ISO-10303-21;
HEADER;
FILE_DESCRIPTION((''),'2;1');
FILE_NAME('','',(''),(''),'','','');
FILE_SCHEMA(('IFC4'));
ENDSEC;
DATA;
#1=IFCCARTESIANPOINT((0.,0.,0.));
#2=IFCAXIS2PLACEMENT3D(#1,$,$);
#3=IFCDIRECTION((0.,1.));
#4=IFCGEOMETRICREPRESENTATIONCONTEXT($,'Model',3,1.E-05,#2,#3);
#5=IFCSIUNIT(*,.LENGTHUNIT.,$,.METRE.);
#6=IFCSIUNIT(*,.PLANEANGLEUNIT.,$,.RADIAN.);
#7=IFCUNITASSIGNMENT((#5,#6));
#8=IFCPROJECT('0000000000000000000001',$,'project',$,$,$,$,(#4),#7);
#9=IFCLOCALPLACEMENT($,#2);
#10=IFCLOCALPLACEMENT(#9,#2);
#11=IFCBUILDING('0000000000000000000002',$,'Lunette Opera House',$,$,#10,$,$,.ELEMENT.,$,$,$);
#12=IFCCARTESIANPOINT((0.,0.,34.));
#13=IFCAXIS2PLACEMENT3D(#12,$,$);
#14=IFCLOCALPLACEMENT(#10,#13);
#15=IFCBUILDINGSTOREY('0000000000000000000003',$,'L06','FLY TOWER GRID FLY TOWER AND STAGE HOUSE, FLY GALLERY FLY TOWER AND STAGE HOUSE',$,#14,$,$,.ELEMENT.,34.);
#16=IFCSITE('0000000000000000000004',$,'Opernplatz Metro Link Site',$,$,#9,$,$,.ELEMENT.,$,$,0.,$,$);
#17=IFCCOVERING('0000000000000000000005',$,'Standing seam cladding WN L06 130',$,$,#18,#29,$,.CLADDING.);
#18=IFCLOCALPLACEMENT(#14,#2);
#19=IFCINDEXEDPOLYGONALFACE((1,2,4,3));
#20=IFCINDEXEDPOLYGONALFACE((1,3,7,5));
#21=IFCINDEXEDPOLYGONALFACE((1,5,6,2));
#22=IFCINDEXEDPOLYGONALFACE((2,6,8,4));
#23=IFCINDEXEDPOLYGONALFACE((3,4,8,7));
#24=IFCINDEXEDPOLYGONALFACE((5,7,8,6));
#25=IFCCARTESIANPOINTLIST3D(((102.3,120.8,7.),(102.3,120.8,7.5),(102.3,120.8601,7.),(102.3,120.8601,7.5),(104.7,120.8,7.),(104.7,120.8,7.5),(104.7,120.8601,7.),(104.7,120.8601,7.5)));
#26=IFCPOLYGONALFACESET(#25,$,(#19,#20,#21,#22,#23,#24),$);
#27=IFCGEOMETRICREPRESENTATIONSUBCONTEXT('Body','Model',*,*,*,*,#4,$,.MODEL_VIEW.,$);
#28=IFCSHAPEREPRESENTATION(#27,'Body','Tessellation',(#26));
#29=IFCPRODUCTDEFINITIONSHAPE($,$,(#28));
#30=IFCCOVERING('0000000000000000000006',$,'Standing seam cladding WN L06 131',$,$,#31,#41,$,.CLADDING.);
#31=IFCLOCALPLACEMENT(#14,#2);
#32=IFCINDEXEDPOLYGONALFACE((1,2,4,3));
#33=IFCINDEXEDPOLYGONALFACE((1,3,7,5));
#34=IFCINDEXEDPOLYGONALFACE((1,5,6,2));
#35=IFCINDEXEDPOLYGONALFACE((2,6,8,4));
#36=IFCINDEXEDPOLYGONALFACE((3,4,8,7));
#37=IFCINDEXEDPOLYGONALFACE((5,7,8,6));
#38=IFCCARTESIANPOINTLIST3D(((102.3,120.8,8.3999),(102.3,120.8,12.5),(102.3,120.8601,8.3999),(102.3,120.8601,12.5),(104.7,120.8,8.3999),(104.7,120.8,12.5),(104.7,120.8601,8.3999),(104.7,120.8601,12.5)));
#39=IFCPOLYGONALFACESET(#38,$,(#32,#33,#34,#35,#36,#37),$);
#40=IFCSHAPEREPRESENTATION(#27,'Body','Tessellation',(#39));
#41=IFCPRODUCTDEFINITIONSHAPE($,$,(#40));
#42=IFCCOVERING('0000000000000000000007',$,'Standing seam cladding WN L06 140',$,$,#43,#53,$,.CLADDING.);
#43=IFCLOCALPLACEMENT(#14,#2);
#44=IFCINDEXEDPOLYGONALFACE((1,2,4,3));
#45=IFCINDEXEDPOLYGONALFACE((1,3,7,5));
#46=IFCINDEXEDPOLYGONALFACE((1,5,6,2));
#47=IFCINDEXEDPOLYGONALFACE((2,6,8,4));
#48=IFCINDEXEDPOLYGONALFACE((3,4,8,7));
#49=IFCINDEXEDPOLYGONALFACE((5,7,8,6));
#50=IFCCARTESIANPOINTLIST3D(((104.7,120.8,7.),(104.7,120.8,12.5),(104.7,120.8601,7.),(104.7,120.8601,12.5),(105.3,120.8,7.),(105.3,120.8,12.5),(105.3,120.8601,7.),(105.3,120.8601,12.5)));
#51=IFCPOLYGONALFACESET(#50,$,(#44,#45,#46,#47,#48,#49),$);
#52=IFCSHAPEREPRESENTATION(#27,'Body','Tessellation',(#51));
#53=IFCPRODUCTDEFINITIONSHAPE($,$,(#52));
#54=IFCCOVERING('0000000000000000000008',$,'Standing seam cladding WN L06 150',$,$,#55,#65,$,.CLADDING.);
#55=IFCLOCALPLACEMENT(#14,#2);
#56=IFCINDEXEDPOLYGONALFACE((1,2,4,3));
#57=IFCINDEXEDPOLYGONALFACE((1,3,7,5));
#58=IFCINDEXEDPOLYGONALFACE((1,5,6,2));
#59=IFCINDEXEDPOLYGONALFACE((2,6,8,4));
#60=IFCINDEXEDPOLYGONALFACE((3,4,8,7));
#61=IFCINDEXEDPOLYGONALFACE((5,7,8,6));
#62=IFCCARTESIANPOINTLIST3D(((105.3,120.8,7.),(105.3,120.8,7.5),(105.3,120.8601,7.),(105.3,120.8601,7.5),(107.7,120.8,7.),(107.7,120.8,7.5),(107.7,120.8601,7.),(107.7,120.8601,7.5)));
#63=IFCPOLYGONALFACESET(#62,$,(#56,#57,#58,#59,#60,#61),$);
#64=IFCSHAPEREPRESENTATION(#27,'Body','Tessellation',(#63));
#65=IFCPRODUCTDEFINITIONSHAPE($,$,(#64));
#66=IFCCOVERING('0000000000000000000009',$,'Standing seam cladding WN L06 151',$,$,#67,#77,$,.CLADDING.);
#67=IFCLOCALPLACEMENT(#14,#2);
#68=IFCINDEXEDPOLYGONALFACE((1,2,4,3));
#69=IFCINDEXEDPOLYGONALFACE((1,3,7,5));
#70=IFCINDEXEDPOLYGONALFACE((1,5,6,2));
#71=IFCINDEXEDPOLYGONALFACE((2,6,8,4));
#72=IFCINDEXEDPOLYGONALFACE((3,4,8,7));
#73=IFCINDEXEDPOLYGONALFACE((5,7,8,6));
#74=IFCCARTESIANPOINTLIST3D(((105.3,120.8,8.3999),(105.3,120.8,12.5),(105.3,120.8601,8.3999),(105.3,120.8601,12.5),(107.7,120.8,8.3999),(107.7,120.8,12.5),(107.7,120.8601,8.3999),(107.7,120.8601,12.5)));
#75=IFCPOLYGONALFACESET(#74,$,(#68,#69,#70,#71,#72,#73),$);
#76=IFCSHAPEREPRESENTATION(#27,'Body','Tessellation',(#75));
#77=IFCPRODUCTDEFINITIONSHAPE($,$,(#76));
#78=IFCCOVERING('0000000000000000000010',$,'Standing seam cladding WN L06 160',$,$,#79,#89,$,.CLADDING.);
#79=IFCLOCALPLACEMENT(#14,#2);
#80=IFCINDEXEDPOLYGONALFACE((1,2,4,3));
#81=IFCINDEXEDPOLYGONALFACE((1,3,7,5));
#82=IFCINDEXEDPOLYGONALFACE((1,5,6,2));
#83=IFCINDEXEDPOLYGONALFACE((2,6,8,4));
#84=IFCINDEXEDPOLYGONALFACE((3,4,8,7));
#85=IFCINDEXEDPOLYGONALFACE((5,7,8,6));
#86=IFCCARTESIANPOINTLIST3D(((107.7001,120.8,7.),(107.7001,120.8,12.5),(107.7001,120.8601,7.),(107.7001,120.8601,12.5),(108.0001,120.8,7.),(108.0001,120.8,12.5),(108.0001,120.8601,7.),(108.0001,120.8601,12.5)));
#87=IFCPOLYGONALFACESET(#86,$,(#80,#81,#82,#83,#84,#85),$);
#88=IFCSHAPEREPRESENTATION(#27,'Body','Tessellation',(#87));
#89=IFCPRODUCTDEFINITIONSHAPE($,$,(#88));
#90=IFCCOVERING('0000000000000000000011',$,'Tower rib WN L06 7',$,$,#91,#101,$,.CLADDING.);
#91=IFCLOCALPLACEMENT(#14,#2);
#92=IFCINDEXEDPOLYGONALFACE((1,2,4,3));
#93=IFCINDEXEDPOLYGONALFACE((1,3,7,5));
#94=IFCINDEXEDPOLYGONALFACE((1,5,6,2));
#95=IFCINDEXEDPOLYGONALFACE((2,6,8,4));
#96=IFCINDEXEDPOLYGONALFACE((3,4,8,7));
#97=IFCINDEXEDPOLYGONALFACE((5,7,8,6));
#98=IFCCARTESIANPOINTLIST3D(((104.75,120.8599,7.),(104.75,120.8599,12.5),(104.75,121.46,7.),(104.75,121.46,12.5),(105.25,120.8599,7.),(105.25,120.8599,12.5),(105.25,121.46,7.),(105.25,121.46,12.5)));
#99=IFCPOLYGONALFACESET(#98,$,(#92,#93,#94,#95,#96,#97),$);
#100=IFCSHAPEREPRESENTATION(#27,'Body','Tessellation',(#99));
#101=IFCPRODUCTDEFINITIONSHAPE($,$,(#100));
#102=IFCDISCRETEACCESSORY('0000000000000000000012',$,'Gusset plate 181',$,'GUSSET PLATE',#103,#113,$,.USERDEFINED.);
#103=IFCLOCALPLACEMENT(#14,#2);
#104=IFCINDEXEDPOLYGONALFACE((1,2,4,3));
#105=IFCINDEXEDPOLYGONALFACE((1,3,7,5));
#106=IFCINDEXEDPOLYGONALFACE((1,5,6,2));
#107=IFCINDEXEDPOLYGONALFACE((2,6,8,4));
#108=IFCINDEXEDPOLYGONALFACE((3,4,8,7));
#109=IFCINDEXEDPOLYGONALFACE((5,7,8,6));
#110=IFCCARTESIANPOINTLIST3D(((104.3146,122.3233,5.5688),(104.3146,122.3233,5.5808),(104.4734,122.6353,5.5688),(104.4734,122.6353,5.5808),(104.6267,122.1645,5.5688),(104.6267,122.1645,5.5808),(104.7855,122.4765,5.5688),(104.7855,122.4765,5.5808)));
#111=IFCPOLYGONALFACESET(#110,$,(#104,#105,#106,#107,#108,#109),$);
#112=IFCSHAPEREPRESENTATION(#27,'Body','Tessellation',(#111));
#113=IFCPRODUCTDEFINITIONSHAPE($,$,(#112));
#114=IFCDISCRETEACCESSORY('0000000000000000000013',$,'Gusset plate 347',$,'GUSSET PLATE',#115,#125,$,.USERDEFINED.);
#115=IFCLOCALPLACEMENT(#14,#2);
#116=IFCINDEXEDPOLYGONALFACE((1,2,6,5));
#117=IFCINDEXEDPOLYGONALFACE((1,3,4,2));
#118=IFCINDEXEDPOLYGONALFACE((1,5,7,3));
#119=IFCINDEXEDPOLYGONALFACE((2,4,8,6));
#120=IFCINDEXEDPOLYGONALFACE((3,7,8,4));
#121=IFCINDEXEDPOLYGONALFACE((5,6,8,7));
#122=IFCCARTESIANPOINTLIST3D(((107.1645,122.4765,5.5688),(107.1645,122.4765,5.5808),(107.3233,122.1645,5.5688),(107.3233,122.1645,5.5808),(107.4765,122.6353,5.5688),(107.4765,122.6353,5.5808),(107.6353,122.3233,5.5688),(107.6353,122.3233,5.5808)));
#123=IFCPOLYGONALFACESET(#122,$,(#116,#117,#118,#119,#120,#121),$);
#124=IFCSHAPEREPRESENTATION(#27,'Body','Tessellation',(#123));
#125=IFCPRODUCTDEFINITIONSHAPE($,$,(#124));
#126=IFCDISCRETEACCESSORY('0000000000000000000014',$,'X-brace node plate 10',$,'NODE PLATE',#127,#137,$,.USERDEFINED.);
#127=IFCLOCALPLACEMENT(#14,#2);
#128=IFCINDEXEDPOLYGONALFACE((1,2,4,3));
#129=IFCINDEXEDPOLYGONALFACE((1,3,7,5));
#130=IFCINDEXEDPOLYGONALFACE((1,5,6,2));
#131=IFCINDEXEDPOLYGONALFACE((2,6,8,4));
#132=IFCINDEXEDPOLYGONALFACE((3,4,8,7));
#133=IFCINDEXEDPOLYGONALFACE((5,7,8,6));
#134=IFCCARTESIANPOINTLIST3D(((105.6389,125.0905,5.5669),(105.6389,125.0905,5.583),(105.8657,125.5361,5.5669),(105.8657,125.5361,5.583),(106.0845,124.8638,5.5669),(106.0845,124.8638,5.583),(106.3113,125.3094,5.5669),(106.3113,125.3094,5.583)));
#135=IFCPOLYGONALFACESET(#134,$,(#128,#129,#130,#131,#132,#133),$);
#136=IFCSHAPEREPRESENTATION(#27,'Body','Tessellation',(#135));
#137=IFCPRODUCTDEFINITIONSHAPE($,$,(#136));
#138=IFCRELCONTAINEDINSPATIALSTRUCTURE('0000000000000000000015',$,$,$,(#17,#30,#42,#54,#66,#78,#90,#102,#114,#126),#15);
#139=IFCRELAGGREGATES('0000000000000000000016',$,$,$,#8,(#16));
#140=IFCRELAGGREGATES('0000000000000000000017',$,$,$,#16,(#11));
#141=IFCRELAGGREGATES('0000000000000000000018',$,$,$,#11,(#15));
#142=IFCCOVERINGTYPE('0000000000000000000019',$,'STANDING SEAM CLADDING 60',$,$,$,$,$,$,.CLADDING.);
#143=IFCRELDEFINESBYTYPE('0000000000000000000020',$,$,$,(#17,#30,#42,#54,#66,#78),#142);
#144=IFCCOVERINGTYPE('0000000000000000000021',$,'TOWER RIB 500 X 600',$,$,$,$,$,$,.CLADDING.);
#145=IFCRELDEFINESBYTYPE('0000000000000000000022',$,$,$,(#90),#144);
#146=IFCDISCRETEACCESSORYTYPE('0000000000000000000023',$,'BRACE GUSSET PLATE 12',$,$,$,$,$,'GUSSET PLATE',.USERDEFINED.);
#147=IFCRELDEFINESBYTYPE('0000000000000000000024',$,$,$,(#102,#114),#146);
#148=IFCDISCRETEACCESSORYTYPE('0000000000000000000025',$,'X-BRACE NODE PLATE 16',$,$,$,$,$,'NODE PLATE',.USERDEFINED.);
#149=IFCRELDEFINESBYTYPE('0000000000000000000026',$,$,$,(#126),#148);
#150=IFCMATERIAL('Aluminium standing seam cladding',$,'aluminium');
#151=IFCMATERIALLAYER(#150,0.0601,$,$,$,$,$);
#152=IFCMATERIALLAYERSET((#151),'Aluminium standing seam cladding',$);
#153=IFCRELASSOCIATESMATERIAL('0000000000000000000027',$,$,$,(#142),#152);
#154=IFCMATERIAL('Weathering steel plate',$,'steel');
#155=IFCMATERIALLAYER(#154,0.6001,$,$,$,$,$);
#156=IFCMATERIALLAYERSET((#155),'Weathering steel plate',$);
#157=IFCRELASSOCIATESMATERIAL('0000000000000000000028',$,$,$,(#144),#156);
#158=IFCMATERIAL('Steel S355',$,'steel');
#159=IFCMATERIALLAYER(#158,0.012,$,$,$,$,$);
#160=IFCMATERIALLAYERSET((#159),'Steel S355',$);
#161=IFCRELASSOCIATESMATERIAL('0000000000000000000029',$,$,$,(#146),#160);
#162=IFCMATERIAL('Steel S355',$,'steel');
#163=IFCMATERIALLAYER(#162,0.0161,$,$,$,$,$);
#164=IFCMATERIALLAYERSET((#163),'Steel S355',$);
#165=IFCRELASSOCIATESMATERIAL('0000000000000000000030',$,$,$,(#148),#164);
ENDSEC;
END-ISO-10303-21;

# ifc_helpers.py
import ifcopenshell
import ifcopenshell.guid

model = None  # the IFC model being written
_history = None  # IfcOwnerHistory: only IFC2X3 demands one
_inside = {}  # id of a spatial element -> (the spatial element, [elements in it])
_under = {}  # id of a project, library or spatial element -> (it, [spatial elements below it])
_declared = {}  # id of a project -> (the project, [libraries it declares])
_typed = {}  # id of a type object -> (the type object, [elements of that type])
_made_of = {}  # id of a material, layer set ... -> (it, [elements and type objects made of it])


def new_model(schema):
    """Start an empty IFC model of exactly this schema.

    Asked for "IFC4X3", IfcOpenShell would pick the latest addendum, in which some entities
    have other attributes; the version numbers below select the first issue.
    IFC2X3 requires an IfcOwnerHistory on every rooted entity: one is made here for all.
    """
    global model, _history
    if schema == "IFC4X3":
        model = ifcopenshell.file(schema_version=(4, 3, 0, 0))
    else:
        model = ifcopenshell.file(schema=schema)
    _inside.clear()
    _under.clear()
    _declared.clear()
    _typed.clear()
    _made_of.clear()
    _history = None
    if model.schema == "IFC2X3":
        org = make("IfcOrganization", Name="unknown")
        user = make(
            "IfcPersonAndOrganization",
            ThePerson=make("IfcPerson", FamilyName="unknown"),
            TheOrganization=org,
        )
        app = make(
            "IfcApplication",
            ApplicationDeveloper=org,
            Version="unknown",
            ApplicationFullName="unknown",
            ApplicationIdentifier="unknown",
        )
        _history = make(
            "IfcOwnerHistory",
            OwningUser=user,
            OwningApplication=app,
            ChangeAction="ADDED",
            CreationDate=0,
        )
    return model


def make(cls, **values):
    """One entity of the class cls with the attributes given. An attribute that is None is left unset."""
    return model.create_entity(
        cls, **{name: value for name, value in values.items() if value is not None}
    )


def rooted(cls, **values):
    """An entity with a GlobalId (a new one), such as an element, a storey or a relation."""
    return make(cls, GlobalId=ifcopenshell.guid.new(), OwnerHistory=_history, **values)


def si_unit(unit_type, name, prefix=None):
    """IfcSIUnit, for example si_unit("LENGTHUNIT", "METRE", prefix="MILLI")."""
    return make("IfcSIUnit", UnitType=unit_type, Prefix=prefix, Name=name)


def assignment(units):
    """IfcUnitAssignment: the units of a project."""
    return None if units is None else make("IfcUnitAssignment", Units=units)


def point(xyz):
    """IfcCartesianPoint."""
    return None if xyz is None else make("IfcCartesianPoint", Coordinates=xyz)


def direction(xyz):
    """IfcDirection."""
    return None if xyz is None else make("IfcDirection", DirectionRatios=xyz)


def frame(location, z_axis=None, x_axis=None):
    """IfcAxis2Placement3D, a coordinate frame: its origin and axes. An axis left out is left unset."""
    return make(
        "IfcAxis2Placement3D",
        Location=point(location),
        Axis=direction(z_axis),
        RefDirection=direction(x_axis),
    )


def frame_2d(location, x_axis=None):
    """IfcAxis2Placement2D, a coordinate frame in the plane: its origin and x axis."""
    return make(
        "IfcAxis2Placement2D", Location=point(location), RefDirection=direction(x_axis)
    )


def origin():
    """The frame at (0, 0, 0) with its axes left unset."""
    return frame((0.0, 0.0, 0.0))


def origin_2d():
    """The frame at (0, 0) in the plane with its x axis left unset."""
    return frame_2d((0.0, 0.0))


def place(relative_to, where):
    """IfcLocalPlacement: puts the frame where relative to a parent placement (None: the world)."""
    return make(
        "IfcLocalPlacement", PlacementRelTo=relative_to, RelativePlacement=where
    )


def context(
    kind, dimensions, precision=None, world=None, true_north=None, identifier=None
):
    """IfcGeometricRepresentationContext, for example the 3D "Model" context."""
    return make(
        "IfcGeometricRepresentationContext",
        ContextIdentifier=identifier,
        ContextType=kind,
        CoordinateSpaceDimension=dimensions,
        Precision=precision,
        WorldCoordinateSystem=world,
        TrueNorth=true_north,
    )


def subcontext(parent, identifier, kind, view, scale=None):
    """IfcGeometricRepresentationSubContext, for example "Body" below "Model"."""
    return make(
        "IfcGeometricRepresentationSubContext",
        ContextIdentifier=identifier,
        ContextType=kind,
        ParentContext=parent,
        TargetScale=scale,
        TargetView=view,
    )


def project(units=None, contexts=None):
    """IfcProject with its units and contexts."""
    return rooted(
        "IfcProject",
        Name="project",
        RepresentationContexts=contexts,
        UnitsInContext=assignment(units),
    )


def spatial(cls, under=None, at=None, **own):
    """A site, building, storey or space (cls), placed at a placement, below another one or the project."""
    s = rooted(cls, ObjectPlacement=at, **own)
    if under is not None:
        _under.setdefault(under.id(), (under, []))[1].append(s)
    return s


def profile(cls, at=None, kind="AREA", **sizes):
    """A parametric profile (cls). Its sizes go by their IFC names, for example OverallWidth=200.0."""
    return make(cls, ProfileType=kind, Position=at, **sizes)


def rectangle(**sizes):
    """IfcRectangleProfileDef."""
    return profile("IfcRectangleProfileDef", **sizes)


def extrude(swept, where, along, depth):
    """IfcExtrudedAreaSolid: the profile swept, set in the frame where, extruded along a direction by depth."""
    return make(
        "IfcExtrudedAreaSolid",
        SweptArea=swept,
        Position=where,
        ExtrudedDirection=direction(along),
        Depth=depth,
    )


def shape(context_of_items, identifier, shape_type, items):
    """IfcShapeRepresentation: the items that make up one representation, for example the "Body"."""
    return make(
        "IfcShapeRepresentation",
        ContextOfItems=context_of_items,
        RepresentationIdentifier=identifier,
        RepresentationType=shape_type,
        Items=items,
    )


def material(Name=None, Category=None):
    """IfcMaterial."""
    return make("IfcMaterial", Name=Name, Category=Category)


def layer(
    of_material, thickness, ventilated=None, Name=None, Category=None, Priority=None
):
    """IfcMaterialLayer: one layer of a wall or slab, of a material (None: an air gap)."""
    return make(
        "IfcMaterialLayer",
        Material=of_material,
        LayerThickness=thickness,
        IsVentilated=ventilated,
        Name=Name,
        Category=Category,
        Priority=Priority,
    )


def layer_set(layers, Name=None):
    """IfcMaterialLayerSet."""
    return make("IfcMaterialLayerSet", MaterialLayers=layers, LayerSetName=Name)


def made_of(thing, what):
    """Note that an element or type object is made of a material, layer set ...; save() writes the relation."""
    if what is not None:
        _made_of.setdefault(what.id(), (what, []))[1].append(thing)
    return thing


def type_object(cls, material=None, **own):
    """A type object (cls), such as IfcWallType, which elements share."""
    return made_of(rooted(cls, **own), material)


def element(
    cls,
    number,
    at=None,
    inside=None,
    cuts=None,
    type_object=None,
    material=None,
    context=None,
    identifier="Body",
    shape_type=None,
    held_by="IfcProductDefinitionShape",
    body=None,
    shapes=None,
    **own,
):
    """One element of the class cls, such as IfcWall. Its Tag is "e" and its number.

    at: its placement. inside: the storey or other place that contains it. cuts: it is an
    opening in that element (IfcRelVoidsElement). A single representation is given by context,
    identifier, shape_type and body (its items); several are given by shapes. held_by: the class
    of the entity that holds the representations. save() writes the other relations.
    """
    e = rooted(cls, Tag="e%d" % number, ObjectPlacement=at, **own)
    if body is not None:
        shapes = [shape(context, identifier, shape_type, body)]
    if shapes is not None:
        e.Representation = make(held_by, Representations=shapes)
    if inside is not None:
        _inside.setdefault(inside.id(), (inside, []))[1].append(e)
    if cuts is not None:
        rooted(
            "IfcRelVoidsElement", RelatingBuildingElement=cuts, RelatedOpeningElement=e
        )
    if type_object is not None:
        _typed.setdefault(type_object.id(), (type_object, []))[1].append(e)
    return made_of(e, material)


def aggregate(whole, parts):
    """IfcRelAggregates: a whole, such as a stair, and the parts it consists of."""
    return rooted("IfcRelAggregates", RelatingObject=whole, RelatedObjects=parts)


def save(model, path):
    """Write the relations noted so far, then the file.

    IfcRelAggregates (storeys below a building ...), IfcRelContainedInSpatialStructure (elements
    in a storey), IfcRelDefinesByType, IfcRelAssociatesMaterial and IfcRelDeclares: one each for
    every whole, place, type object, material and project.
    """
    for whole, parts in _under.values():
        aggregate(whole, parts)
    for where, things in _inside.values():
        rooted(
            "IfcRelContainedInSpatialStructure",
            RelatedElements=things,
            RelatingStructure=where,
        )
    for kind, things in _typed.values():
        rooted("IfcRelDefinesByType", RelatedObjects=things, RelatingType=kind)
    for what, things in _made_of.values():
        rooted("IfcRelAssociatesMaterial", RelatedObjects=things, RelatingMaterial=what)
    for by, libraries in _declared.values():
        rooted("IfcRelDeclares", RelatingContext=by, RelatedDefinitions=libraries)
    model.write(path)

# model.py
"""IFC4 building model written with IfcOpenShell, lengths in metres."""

from ifc_helpers import new_model, si_unit, direction, frame, origin, origin_2d, place, context, subcontext, project, spatial, rectangle, extrude, material, layer, layer_set, type_object, element, save


model = new_model("IFC4")

# Units and contexts
model_context = context("Model", 3, precision=1e-05, world=origin(), true_north=direction((0.0, 1.0)))
body_context = subcontext(model_context, "Body", "Model", "MODEL_VIEW")
ifc_project = project(units=[si_unit("LENGTHUNIT", "METRE"), si_unit("PLANEANGLEUNIT", "RADIAN")], contexts=[model_context])

# Site, building, storey
site_placement = place(None, origin())
site = spatial("IfcSite", under=ifc_project, at=site_placement, Name="Opernplatz Metro Link Site", CompositionType="ELEMENT", RefElevation=0.0)
building_placement = place(site_placement, origin())
building = spatial("IfcBuilding", under=site, at=building_placement, Name="Lunette Opera House", CompositionType="ELEMENT")
storey_placement = place(building_placement, frame((0.0, 0.0, 34.0)))
storey = spatial("IfcBuildingStorey", under=building, at=storey_placement, Name="L06", Description="FLY TOWER GRID FLY TOWER AND STAGE HOUSE, FLY GALLERY FLY TOWER AND STAGE HOUSE", CompositionType="ELEMENT", Elevation=34.0)

# Coverings
ifc_material_1 = material(Name="Aluminium standing seam cladding", Category="aluminium")
ifc_layer_1 = layer(ifc_material_1, 0.0601)
ifc_layer_set_1 = layer_set([ifc_layer_1], Name="Aluminium standing seam cladding")
covering_type_1 = type_object("IfcCoveringType", Name="STANDING SEAM CLADDING 60", PredefinedType="CLADDING", material=ifc_layer_set_1)
covering_1_placement = place(storey_placement, frame((103.5, 120.8301, 7.0), z_axis=(0.0, 0.0, 1.0), x_axis=(1.0, 0.0, 0.0)))
element("IfcCovering", 1, at=covering_1_placement, inside=storey, type_object=covering_type_1, Name="Standing seam cladding WN L06 130", PredefinedType="CLADDING", context=body_context, shape_type="SweptSolid", body=[
    extrude(rectangle(XDim=2.3999, YDim=0.0601, at=origin_2d()), origin(), (0.0, 0.0, 1.0), 0.5),
])
covering_2_placement = place(storey_placement, frame((103.5, 120.8301, 8.3999), z_axis=(0.0, 0.0, 1.0), x_axis=(1.0, 0.0, 0.0)))
element("IfcCovering", 2, at=covering_2_placement, inside=storey, type_object=covering_type_1, Name="Standing seam cladding WN L06 131", PredefinedType="CLADDING", context=body_context, shape_type="SweptSolid", body=[
    extrude(rectangle(XDim=2.3999, YDim=0.0601, at=origin_2d()), origin(), (0.0, 0.0, 1.0), 4.1001),
])
covering_3_placement = place(storey_placement, frame((105.0, 120.8301, 7.0), z_axis=(0.0, 0.0, 1.0), x_axis=(1.0, 0.0, 0.0)))
element("IfcCovering", 3, at=covering_3_placement, inside=storey, type_object=covering_type_1, Name="Standing seam cladding WN L06 140", PredefinedType="CLADDING", context=body_context, shape_type="SweptSolid", body=[
    extrude(rectangle(XDim=0.6001, YDim=0.0601, at=origin_2d()), origin(), (0.0, 0.0, 1.0), 5.5),
])
covering_4_placement = place(storey_placement, frame((106.5, 120.8301, 7.0), z_axis=(0.0, 0.0, 1.0), x_axis=(1.0, 0.0, 0.0)))
element("IfcCovering", 4, at=covering_4_placement, inside=storey, type_object=covering_type_1, Name="Standing seam cladding WN L06 150", PredefinedType="CLADDING", context=body_context, shape_type="SweptSolid", body=[
    extrude(rectangle(XDim=2.3999, YDim=0.0601, at=origin_2d()), origin(), (0.0, 0.0, 1.0), 0.5),
])
covering_5_placement = place(storey_placement, frame((106.5, 120.8301, 8.3999), z_axis=(0.0, 0.0, 1.0), x_axis=(1.0, 0.0, 0.0)))
element("IfcCovering", 5, at=covering_5_placement, inside=storey, type_object=covering_type_1, Name="Standing seam cladding WN L06 151", PredefinedType="CLADDING", context=body_context, shape_type="SweptSolid", body=[
    extrude(rectangle(XDim=2.3999, YDim=0.0601, at=origin_2d()), origin(), (0.0, 0.0, 1.0), 4.1001),
])
covering_6_placement = place(storey_placement, frame((107.8501, 120.8301, 7.0), z_axis=(0.0, 0.0, 1.0), x_axis=(1.0, 0.0, 0.0)))
element("IfcCovering", 6, at=covering_6_placement, inside=storey, type_object=covering_type_1, Name="Standing seam cladding WN L06 160", PredefinedType="CLADDING", context=body_context, shape_type="SweptSolid", body=[
    extrude(rectangle(XDim=0.3, YDim=0.0601, at=origin_2d()), origin(), (0.0, 0.0, 1.0), 5.5),
])
ifc_material_2 = material(Name="Weathering steel plate", Category="steel")
ifc_layer_2 = layer(ifc_material_2, 0.6001)
ifc_layer_set_2 = layer_set([ifc_layer_2], Name="Weathering steel plate")
covering_type_2 = type_object("IfcCoveringType", Name="TOWER RIB 500 X 600", PredefinedType="CLADDING", material=ifc_layer_set_2)
covering_7_placement = place(storey_placement, frame((105.0, 121.1599, 7.0), z_axis=(0.0, 0.0, 1.0), x_axis=(1.0, 0.0, 0.0)))
element("IfcCovering", 7, at=covering_7_placement, inside=storey, type_object=covering_type_2, Name="Tower rib WN L06 7", PredefinedType="CLADDING", context=body_context, shape_type="SweptSolid", body=[
    extrude(rectangle(XDim=0.5, YDim=0.6001, at=origin_2d()), origin(), (0.0, 0.0, 1.0), 5.5),
])

# Discrete accessories
ifc_material_3 = material(Name="Steel S355", Category="steel")
ifc_layer_3 = layer(ifc_material_3, 0.012)
ifc_layer_set_3 = layer_set([ifc_layer_3], Name="Steel S355")
discrete_accessory_type_1 = type_object("IfcDiscreteAccessoryType", Name="BRACE GUSSET PLATE 12", ElementType="GUSSET PLATE", PredefinedType="USERDEFINED", material=ifc_layer_set_3)
for number, where, z_axis, x_axis, name in (
    (8, (104.55, 122.3999, 5.5688), (0.0, 0.0, 1.0), (0.453567, 0.891222, 0.0), "Gusset plate 181"),
    (9, (107.3999, 122.3999, 5.5688), (0.0, 0.0, 1.0), (-0.453567, 0.891222, 0.0), "Gusset plate 347"),
):
    element("IfcDiscreteAccessory", number, at=place(storey_placement, frame(where, z_axis=z_axis, x_axis=x_axis)), inside=storey, type_object=discrete_accessory_type_1, Name=name, ObjectType="GUSSET PLATE", PredefinedType="USERDEFINED", context=body_context, shape_type="SweptSolid", body=[
        extrude(rectangle(XDim=0.3501, YDim=0.3501, at=origin_2d()), origin(), (0.0, 0.0, 1.0), 0.012),
    ])
ifc_material_4 = material(Name="Steel S355", Category="steel")
ifc_layer_4 = layer(ifc_material_4, 0.0161)
ifc_layer_set_4 = layer_set([ifc_layer_4], Name="Steel S355")
discrete_accessory_type_2 = type_object("IfcDiscreteAccessoryType", Name="X-BRACE NODE PLATE 16", ElementType="NODE PLATE", PredefinedType="USERDEFINED", material=ifc_layer_set_4)
discrete_accessory_placement = place(storey_placement, frame((105.9751, 125.2, 5.5669), z_axis=(0.0, 0.0, 1.0), x_axis=(0.453567, 0.891222, 0.0)))
element("IfcDiscreteAccessory", 10, at=discrete_accessory_placement, inside=storey, type_object=discrete_accessory_type_2, Name="X-brace node plate 10", ObjectType="NODE PLATE", PredefinedType="USERDEFINED", context=body_context, shape_type="SweptSolid", body=[
    extrude(rectangle(XDim=0.5, YDim=0.5, at=origin_2d()), origin(), (0.0, 0.0, 1.0), 0.0161),
])

save(model, "model.ifc")
